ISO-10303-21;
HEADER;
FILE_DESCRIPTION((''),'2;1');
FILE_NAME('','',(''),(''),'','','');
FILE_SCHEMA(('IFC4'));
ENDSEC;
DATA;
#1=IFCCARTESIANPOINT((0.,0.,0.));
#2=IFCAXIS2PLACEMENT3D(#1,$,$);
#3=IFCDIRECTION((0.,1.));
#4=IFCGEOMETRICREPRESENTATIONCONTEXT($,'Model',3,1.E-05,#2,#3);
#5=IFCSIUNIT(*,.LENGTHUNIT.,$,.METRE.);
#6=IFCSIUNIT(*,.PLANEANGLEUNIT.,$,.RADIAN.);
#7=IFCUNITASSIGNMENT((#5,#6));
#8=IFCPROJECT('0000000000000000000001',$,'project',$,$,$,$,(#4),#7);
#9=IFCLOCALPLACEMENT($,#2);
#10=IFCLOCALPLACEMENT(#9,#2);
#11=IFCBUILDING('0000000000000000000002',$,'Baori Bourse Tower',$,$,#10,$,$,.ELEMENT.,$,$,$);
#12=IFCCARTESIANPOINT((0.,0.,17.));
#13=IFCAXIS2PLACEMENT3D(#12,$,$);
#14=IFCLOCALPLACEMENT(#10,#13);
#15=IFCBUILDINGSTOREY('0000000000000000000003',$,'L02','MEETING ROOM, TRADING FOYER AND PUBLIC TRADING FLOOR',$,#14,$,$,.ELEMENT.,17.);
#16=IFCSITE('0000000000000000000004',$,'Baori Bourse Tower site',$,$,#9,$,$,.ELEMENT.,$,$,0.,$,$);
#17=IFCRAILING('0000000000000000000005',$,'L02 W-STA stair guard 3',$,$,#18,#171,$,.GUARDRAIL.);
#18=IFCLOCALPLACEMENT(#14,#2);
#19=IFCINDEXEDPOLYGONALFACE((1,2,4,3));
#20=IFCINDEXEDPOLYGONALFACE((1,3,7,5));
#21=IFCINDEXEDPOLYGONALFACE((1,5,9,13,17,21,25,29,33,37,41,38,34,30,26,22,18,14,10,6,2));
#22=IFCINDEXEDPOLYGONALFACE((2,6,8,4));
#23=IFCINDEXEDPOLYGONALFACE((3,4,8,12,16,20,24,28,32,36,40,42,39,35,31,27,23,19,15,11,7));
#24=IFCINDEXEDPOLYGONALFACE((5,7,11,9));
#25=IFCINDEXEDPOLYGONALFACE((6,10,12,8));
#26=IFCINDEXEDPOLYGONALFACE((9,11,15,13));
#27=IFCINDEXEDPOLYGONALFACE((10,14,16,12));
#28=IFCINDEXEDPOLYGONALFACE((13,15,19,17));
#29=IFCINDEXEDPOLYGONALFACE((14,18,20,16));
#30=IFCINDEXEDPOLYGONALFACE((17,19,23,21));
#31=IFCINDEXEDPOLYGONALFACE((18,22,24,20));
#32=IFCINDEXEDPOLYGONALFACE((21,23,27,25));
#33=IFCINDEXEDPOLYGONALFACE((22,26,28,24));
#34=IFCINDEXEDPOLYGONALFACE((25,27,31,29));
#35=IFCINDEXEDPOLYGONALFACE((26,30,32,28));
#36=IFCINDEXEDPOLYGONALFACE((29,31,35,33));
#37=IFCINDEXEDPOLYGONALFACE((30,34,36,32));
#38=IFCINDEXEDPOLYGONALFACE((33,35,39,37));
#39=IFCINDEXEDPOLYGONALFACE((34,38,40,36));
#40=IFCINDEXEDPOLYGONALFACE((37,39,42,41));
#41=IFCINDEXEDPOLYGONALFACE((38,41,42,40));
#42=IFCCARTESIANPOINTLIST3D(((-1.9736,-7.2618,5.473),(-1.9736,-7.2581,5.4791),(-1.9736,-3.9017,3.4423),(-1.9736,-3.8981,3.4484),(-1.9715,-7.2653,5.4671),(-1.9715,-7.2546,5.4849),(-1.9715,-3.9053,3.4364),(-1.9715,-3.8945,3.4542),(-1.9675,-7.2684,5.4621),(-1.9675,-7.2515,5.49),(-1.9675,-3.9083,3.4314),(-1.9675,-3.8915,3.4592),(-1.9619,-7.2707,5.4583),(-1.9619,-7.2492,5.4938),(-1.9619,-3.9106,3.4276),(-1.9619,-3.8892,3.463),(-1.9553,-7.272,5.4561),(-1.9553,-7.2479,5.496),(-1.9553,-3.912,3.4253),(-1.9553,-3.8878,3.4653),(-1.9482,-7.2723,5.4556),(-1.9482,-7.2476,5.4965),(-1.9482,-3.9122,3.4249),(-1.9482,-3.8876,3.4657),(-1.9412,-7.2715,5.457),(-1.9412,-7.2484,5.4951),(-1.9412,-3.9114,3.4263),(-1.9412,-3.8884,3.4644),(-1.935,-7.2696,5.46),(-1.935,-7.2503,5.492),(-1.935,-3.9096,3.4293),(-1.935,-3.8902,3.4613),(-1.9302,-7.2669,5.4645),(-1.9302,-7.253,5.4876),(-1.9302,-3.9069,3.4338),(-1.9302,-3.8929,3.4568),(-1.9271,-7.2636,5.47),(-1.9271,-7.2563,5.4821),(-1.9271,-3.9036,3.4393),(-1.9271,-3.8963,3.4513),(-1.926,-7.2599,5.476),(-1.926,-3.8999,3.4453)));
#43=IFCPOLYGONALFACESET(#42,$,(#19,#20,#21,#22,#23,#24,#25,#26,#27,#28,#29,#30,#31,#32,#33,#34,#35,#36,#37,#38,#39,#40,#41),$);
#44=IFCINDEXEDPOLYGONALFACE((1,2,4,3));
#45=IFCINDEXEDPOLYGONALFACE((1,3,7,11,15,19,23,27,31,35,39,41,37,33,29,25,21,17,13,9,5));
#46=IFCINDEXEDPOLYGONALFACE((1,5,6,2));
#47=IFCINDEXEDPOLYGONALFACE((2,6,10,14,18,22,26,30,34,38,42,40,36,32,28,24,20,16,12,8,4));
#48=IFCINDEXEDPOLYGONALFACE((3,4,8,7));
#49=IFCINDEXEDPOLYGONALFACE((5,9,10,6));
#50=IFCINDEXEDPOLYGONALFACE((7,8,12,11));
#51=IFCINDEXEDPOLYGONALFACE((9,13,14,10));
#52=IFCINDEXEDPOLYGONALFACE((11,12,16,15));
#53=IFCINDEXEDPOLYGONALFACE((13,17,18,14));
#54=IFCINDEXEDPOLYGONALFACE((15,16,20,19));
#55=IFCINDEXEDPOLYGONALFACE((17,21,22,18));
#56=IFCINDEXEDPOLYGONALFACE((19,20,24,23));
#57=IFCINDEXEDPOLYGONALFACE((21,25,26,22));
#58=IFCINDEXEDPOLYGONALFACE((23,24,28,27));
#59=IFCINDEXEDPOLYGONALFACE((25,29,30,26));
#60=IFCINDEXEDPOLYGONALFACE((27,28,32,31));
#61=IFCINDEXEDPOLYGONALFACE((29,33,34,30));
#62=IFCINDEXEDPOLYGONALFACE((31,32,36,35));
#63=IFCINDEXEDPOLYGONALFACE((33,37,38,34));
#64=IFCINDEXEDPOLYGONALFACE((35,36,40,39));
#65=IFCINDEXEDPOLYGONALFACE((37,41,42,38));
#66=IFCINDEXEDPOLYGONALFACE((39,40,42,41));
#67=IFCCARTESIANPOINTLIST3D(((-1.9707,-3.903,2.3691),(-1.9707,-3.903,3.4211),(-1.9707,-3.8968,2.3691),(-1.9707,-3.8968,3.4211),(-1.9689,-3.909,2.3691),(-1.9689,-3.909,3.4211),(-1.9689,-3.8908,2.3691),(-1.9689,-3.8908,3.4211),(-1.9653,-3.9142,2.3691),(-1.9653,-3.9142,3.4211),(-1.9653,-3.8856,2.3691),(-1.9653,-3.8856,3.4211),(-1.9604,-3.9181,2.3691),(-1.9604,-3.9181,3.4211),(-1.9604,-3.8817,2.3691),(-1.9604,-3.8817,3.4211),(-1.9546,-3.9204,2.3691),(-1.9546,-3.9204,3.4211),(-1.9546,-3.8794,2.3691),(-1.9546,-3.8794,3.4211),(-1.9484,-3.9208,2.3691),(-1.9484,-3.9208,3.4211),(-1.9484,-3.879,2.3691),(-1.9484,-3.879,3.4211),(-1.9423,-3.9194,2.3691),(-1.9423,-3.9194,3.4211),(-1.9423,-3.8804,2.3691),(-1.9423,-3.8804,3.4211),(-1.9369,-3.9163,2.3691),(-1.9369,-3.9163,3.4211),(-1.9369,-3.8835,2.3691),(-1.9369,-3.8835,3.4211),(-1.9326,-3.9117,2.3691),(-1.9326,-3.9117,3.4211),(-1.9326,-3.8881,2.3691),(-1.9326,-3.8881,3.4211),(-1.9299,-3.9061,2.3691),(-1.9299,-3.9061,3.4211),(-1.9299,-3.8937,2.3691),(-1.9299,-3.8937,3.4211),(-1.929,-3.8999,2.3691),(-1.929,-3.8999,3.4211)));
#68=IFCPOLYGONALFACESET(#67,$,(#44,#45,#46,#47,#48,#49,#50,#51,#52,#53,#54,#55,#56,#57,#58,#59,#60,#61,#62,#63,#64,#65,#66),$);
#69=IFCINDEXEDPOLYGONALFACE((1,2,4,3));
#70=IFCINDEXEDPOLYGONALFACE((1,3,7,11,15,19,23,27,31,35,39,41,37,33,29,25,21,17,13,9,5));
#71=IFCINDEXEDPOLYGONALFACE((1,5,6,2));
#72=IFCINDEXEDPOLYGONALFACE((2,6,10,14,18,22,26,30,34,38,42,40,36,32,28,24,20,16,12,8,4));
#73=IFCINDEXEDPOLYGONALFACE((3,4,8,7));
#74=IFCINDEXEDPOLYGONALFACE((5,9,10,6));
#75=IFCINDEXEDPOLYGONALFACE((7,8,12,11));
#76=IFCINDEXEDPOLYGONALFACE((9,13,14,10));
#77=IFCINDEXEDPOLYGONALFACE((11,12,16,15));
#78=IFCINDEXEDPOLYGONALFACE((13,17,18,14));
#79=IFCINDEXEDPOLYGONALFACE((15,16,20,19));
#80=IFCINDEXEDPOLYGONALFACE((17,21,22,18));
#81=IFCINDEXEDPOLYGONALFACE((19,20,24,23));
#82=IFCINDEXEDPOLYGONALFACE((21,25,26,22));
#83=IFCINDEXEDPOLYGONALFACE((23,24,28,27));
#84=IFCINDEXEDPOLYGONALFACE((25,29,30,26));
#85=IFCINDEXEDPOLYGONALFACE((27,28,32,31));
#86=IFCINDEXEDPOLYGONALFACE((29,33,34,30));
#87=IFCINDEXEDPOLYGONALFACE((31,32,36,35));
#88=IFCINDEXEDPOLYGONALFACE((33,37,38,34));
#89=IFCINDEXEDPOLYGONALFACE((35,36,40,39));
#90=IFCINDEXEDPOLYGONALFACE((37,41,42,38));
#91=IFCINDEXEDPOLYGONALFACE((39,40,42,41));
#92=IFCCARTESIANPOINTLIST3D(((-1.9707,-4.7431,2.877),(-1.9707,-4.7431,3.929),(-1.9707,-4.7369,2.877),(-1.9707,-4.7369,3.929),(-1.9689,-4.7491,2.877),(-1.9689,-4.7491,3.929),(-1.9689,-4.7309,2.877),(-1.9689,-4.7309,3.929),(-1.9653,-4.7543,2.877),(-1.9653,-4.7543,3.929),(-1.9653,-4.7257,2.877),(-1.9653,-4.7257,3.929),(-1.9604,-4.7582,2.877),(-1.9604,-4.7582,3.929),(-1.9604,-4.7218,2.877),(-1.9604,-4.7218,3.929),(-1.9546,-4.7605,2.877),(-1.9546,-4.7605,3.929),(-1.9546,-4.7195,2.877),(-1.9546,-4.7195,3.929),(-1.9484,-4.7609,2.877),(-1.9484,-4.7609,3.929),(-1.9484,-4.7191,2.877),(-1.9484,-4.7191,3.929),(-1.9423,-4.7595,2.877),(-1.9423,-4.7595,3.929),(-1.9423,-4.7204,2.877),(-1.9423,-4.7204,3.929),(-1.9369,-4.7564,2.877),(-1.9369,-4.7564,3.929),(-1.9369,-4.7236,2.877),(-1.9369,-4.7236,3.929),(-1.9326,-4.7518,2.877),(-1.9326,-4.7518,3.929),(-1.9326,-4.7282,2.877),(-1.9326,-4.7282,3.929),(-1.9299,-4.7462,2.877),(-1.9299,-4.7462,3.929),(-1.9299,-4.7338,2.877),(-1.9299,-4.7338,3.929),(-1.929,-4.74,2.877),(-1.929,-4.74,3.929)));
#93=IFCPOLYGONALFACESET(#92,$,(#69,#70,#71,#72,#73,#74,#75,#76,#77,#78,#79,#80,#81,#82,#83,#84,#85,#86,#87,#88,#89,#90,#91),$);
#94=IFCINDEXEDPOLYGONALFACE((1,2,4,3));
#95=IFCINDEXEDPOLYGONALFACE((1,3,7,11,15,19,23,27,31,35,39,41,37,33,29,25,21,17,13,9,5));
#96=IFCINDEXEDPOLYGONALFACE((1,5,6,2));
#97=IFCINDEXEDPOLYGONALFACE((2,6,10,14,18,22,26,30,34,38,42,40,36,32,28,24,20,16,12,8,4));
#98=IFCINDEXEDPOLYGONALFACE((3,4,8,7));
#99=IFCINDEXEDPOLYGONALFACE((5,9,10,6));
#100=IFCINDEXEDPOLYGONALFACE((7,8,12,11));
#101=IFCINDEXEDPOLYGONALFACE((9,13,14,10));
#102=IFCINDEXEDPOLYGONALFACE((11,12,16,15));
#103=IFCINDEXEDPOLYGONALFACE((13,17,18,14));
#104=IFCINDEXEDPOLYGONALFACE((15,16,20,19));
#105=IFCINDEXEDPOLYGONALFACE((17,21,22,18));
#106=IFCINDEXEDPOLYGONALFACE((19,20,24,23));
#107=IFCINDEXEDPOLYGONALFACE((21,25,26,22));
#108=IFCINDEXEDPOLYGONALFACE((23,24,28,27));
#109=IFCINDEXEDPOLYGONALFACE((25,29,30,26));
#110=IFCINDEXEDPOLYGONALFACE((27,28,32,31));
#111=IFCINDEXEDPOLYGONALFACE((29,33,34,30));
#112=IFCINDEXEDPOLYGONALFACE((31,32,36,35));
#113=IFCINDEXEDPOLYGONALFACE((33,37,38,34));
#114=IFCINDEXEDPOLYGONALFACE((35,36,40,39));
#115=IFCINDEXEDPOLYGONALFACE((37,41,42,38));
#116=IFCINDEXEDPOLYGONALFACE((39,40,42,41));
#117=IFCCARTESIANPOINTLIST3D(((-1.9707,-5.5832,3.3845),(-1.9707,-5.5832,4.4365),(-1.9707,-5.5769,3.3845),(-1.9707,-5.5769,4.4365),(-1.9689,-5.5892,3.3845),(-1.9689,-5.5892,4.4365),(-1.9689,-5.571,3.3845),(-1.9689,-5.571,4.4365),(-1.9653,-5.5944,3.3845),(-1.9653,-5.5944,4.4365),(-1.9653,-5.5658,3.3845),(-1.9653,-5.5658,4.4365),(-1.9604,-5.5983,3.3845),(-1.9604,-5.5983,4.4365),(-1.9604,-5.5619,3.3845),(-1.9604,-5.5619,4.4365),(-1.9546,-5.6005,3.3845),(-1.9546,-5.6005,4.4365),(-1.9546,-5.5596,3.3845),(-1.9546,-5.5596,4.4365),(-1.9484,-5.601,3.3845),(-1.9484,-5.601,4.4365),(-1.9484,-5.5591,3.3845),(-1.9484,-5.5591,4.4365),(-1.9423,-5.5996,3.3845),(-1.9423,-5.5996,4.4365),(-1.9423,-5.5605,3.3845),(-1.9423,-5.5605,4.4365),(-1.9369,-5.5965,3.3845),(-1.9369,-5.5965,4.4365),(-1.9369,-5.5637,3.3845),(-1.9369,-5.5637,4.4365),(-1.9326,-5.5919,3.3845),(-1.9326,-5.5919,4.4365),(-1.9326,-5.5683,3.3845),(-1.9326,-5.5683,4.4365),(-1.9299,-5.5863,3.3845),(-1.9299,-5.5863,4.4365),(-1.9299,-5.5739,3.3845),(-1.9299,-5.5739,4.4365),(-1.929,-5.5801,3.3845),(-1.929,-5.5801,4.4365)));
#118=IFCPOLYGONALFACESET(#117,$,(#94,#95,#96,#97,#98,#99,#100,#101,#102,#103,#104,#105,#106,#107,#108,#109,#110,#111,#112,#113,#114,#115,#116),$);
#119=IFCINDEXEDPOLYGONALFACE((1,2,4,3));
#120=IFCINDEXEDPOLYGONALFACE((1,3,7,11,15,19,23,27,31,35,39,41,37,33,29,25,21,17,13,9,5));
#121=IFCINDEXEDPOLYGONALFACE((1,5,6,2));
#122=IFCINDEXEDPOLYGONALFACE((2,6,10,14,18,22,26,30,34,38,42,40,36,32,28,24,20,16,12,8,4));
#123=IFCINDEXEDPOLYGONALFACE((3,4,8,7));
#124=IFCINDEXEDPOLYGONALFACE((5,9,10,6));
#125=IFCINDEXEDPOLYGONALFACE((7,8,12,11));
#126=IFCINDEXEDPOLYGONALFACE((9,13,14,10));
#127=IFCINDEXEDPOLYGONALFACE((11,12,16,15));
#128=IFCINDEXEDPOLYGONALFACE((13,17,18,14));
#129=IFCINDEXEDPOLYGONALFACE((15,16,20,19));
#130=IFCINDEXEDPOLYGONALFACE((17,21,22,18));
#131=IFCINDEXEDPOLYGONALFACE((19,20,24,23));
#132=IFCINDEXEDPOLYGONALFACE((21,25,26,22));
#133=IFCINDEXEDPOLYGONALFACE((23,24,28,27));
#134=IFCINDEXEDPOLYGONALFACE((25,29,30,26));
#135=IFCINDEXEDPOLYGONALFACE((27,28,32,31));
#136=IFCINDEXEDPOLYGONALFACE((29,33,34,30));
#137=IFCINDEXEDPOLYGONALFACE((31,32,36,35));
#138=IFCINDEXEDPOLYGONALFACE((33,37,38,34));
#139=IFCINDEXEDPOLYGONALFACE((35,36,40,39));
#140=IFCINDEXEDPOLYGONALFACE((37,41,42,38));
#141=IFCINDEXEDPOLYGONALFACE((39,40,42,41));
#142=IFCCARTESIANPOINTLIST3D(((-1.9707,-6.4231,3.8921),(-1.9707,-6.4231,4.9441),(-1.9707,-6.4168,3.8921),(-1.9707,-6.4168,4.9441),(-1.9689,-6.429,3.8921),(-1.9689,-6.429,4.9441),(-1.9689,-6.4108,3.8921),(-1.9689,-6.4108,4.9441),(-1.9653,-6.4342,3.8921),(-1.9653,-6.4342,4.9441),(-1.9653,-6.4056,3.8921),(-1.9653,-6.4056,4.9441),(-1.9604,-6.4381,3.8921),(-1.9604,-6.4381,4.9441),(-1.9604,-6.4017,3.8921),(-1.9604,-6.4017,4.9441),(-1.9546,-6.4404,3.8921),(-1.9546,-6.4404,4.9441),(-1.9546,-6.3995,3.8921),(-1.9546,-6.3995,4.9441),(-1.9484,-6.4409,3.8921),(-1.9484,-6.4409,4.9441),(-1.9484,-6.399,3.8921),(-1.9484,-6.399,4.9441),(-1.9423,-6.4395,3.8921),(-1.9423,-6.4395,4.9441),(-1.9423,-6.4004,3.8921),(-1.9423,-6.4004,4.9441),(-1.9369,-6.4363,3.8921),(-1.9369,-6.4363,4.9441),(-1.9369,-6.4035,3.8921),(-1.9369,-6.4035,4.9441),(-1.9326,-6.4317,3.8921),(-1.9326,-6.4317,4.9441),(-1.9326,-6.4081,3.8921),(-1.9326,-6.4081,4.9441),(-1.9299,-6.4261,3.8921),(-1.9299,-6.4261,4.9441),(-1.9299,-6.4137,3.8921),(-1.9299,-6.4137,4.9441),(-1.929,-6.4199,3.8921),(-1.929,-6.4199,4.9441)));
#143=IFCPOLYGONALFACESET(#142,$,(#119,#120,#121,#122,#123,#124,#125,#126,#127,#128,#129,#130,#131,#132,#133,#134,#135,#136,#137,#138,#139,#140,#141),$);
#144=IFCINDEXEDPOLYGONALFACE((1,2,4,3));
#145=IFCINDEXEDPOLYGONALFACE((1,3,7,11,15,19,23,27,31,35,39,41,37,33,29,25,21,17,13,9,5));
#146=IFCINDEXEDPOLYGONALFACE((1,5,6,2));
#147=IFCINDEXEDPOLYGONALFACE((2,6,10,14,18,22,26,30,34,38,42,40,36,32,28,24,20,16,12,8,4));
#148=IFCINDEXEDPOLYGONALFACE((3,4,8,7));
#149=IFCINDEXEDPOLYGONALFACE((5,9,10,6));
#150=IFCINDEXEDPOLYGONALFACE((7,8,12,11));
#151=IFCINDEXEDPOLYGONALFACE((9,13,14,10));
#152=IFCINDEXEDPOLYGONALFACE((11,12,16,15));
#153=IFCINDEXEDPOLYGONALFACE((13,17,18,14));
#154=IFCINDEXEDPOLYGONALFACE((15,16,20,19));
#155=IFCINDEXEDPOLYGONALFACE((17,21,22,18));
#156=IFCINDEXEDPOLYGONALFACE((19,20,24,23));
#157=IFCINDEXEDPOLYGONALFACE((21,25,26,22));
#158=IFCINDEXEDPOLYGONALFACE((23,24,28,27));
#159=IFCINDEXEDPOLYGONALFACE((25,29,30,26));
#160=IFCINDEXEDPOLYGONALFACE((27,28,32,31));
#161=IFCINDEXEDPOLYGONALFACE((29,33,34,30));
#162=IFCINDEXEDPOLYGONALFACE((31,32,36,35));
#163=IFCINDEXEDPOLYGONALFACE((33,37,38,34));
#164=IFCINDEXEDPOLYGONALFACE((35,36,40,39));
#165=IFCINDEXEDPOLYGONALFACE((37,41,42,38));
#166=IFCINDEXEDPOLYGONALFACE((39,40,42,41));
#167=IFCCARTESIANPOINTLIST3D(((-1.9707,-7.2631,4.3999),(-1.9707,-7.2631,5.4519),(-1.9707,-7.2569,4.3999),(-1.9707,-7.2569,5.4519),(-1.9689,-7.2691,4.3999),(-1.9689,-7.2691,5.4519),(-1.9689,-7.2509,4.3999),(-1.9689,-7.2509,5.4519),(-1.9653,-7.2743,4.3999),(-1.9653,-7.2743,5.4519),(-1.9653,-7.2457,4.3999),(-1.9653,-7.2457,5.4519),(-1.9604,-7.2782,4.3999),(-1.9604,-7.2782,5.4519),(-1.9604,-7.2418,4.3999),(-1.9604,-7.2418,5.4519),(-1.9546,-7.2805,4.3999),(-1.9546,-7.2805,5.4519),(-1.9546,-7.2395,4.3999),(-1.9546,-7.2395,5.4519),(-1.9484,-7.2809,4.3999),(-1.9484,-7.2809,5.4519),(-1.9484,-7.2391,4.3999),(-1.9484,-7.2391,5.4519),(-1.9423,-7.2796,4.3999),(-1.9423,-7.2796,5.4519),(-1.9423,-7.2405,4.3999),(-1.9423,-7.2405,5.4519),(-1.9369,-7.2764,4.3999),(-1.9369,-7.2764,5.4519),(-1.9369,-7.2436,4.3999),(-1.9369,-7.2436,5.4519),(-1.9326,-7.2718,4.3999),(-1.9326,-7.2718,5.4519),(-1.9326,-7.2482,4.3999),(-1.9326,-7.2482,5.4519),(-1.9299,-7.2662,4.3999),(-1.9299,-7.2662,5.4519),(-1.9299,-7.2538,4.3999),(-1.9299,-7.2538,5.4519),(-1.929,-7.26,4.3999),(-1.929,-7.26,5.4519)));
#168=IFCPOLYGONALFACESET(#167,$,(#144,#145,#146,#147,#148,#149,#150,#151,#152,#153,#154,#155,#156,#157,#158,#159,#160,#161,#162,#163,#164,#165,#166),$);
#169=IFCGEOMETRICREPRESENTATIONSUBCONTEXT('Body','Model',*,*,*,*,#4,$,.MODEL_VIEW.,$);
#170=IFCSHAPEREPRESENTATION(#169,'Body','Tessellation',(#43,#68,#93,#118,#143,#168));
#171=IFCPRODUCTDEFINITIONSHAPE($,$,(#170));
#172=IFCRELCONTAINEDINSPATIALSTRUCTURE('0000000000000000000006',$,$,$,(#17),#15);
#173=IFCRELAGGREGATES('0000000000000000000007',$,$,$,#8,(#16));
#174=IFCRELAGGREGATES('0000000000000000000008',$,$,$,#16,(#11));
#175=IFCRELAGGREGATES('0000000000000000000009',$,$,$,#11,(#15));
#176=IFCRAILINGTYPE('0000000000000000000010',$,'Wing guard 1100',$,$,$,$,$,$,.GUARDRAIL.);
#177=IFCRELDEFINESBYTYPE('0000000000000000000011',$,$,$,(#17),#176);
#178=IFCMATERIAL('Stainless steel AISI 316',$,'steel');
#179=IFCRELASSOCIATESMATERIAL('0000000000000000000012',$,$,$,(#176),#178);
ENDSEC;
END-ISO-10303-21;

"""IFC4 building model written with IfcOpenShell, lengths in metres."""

from ifc_helpers import new_model, si_unit, direction, frame, origin, origin_2d, place, context, subcontext, project, spatial, circle, extrude, material, type_object, element, save


model = new_model("IFC4")

# Units and contexts
model_context = context("Model", 3, precision=1e-05, world=origin(), true_north=direction((0.0, 1.0)))
body_context = subcontext(model_context, "Body", "Model", "MODEL_VIEW")
ifc_project = project(units=[si_unit("LENGTHUNIT", "METRE"), si_unit("PLANEANGLEUNIT", "RADIAN")], contexts=[model_context])

# Site, building, storey
site_placement = place(None, origin())
site = spatial("IfcSite", under=ifc_project, at=site_placement, Name="Baori Bourse Tower site", CompositionType="ELEMENT", RefElevation=0.0)
building_placement = place(site_placement, origin())
building = spatial("IfcBuilding", under=site, at=building_placement, Name="Baori Bourse Tower", CompositionType="ELEMENT")
storey_placement = place(building_placement, frame((0.0, 0.0, 17.0)))
storey = spatial("IfcBuildingStorey", under=building, at=storey_placement, Name="L02", Description="MEETING ROOM, TRADING FOYER AND PUBLIC TRADING FLOOR", CompositionType="ELEMENT", Elevation=17.0)

# Railing
ifc_material_1 = material(Name="Stainless steel AISI 316", Category="steel")
railing_type_1 = type_object("IfcRailingType", Name="Wing guard 1100", PredefinedType="GUARDRAIL", material=ifc_material_1)
railing_1_placement = place(storey_placement, frame((-1.95, -3.8999, 2.3691)))
element("IfcRailing", 1, at=railing_1_placement, inside=storey, type_object=railing_type_1, Name="L02 W-STA stair guard 3", PredefinedType="GUARDRAIL", context=body_context, shape_type="SweptSolid", body=[
    extrude(circle(Radius=0.0239, at=origin_2d()), frame((0.0, 0.0, 1.0762), z_axis=(0.0, -0.855837, 0.517246), x_axis=(1.0, 0.0, 0.0)), (0.0, 0.0, 1.0), 3.926),
    extrude(circle(Radius=0.021, at=origin_2d()), origin(), (0.0, 0.0, 1.0), 1.052),
    extrude(circle(Radius=0.021, at=origin_2d()), frame((0.0, -0.8401, 0.5078)), (0.0, 0.0, 1.0), 1.052),
    extrude(circle(Radius=0.021, at=origin_2d()), frame((0.0, -1.6802, 1.0154)), (0.0, 0.0, 1.0), 1.052),
    extrude(circle(Radius=0.021, at=origin_2d()), frame((0.0, -2.52, 1.5229)), (0.0, 0.0, 1.0), 1.052),
    extrude(circle(Radius=0.021, at=origin_2d()), frame((0.0, -3.3601, 2.0308)), (0.0, 0.0, 1.0), 1.052),
])

save(model, "model.ifc")
